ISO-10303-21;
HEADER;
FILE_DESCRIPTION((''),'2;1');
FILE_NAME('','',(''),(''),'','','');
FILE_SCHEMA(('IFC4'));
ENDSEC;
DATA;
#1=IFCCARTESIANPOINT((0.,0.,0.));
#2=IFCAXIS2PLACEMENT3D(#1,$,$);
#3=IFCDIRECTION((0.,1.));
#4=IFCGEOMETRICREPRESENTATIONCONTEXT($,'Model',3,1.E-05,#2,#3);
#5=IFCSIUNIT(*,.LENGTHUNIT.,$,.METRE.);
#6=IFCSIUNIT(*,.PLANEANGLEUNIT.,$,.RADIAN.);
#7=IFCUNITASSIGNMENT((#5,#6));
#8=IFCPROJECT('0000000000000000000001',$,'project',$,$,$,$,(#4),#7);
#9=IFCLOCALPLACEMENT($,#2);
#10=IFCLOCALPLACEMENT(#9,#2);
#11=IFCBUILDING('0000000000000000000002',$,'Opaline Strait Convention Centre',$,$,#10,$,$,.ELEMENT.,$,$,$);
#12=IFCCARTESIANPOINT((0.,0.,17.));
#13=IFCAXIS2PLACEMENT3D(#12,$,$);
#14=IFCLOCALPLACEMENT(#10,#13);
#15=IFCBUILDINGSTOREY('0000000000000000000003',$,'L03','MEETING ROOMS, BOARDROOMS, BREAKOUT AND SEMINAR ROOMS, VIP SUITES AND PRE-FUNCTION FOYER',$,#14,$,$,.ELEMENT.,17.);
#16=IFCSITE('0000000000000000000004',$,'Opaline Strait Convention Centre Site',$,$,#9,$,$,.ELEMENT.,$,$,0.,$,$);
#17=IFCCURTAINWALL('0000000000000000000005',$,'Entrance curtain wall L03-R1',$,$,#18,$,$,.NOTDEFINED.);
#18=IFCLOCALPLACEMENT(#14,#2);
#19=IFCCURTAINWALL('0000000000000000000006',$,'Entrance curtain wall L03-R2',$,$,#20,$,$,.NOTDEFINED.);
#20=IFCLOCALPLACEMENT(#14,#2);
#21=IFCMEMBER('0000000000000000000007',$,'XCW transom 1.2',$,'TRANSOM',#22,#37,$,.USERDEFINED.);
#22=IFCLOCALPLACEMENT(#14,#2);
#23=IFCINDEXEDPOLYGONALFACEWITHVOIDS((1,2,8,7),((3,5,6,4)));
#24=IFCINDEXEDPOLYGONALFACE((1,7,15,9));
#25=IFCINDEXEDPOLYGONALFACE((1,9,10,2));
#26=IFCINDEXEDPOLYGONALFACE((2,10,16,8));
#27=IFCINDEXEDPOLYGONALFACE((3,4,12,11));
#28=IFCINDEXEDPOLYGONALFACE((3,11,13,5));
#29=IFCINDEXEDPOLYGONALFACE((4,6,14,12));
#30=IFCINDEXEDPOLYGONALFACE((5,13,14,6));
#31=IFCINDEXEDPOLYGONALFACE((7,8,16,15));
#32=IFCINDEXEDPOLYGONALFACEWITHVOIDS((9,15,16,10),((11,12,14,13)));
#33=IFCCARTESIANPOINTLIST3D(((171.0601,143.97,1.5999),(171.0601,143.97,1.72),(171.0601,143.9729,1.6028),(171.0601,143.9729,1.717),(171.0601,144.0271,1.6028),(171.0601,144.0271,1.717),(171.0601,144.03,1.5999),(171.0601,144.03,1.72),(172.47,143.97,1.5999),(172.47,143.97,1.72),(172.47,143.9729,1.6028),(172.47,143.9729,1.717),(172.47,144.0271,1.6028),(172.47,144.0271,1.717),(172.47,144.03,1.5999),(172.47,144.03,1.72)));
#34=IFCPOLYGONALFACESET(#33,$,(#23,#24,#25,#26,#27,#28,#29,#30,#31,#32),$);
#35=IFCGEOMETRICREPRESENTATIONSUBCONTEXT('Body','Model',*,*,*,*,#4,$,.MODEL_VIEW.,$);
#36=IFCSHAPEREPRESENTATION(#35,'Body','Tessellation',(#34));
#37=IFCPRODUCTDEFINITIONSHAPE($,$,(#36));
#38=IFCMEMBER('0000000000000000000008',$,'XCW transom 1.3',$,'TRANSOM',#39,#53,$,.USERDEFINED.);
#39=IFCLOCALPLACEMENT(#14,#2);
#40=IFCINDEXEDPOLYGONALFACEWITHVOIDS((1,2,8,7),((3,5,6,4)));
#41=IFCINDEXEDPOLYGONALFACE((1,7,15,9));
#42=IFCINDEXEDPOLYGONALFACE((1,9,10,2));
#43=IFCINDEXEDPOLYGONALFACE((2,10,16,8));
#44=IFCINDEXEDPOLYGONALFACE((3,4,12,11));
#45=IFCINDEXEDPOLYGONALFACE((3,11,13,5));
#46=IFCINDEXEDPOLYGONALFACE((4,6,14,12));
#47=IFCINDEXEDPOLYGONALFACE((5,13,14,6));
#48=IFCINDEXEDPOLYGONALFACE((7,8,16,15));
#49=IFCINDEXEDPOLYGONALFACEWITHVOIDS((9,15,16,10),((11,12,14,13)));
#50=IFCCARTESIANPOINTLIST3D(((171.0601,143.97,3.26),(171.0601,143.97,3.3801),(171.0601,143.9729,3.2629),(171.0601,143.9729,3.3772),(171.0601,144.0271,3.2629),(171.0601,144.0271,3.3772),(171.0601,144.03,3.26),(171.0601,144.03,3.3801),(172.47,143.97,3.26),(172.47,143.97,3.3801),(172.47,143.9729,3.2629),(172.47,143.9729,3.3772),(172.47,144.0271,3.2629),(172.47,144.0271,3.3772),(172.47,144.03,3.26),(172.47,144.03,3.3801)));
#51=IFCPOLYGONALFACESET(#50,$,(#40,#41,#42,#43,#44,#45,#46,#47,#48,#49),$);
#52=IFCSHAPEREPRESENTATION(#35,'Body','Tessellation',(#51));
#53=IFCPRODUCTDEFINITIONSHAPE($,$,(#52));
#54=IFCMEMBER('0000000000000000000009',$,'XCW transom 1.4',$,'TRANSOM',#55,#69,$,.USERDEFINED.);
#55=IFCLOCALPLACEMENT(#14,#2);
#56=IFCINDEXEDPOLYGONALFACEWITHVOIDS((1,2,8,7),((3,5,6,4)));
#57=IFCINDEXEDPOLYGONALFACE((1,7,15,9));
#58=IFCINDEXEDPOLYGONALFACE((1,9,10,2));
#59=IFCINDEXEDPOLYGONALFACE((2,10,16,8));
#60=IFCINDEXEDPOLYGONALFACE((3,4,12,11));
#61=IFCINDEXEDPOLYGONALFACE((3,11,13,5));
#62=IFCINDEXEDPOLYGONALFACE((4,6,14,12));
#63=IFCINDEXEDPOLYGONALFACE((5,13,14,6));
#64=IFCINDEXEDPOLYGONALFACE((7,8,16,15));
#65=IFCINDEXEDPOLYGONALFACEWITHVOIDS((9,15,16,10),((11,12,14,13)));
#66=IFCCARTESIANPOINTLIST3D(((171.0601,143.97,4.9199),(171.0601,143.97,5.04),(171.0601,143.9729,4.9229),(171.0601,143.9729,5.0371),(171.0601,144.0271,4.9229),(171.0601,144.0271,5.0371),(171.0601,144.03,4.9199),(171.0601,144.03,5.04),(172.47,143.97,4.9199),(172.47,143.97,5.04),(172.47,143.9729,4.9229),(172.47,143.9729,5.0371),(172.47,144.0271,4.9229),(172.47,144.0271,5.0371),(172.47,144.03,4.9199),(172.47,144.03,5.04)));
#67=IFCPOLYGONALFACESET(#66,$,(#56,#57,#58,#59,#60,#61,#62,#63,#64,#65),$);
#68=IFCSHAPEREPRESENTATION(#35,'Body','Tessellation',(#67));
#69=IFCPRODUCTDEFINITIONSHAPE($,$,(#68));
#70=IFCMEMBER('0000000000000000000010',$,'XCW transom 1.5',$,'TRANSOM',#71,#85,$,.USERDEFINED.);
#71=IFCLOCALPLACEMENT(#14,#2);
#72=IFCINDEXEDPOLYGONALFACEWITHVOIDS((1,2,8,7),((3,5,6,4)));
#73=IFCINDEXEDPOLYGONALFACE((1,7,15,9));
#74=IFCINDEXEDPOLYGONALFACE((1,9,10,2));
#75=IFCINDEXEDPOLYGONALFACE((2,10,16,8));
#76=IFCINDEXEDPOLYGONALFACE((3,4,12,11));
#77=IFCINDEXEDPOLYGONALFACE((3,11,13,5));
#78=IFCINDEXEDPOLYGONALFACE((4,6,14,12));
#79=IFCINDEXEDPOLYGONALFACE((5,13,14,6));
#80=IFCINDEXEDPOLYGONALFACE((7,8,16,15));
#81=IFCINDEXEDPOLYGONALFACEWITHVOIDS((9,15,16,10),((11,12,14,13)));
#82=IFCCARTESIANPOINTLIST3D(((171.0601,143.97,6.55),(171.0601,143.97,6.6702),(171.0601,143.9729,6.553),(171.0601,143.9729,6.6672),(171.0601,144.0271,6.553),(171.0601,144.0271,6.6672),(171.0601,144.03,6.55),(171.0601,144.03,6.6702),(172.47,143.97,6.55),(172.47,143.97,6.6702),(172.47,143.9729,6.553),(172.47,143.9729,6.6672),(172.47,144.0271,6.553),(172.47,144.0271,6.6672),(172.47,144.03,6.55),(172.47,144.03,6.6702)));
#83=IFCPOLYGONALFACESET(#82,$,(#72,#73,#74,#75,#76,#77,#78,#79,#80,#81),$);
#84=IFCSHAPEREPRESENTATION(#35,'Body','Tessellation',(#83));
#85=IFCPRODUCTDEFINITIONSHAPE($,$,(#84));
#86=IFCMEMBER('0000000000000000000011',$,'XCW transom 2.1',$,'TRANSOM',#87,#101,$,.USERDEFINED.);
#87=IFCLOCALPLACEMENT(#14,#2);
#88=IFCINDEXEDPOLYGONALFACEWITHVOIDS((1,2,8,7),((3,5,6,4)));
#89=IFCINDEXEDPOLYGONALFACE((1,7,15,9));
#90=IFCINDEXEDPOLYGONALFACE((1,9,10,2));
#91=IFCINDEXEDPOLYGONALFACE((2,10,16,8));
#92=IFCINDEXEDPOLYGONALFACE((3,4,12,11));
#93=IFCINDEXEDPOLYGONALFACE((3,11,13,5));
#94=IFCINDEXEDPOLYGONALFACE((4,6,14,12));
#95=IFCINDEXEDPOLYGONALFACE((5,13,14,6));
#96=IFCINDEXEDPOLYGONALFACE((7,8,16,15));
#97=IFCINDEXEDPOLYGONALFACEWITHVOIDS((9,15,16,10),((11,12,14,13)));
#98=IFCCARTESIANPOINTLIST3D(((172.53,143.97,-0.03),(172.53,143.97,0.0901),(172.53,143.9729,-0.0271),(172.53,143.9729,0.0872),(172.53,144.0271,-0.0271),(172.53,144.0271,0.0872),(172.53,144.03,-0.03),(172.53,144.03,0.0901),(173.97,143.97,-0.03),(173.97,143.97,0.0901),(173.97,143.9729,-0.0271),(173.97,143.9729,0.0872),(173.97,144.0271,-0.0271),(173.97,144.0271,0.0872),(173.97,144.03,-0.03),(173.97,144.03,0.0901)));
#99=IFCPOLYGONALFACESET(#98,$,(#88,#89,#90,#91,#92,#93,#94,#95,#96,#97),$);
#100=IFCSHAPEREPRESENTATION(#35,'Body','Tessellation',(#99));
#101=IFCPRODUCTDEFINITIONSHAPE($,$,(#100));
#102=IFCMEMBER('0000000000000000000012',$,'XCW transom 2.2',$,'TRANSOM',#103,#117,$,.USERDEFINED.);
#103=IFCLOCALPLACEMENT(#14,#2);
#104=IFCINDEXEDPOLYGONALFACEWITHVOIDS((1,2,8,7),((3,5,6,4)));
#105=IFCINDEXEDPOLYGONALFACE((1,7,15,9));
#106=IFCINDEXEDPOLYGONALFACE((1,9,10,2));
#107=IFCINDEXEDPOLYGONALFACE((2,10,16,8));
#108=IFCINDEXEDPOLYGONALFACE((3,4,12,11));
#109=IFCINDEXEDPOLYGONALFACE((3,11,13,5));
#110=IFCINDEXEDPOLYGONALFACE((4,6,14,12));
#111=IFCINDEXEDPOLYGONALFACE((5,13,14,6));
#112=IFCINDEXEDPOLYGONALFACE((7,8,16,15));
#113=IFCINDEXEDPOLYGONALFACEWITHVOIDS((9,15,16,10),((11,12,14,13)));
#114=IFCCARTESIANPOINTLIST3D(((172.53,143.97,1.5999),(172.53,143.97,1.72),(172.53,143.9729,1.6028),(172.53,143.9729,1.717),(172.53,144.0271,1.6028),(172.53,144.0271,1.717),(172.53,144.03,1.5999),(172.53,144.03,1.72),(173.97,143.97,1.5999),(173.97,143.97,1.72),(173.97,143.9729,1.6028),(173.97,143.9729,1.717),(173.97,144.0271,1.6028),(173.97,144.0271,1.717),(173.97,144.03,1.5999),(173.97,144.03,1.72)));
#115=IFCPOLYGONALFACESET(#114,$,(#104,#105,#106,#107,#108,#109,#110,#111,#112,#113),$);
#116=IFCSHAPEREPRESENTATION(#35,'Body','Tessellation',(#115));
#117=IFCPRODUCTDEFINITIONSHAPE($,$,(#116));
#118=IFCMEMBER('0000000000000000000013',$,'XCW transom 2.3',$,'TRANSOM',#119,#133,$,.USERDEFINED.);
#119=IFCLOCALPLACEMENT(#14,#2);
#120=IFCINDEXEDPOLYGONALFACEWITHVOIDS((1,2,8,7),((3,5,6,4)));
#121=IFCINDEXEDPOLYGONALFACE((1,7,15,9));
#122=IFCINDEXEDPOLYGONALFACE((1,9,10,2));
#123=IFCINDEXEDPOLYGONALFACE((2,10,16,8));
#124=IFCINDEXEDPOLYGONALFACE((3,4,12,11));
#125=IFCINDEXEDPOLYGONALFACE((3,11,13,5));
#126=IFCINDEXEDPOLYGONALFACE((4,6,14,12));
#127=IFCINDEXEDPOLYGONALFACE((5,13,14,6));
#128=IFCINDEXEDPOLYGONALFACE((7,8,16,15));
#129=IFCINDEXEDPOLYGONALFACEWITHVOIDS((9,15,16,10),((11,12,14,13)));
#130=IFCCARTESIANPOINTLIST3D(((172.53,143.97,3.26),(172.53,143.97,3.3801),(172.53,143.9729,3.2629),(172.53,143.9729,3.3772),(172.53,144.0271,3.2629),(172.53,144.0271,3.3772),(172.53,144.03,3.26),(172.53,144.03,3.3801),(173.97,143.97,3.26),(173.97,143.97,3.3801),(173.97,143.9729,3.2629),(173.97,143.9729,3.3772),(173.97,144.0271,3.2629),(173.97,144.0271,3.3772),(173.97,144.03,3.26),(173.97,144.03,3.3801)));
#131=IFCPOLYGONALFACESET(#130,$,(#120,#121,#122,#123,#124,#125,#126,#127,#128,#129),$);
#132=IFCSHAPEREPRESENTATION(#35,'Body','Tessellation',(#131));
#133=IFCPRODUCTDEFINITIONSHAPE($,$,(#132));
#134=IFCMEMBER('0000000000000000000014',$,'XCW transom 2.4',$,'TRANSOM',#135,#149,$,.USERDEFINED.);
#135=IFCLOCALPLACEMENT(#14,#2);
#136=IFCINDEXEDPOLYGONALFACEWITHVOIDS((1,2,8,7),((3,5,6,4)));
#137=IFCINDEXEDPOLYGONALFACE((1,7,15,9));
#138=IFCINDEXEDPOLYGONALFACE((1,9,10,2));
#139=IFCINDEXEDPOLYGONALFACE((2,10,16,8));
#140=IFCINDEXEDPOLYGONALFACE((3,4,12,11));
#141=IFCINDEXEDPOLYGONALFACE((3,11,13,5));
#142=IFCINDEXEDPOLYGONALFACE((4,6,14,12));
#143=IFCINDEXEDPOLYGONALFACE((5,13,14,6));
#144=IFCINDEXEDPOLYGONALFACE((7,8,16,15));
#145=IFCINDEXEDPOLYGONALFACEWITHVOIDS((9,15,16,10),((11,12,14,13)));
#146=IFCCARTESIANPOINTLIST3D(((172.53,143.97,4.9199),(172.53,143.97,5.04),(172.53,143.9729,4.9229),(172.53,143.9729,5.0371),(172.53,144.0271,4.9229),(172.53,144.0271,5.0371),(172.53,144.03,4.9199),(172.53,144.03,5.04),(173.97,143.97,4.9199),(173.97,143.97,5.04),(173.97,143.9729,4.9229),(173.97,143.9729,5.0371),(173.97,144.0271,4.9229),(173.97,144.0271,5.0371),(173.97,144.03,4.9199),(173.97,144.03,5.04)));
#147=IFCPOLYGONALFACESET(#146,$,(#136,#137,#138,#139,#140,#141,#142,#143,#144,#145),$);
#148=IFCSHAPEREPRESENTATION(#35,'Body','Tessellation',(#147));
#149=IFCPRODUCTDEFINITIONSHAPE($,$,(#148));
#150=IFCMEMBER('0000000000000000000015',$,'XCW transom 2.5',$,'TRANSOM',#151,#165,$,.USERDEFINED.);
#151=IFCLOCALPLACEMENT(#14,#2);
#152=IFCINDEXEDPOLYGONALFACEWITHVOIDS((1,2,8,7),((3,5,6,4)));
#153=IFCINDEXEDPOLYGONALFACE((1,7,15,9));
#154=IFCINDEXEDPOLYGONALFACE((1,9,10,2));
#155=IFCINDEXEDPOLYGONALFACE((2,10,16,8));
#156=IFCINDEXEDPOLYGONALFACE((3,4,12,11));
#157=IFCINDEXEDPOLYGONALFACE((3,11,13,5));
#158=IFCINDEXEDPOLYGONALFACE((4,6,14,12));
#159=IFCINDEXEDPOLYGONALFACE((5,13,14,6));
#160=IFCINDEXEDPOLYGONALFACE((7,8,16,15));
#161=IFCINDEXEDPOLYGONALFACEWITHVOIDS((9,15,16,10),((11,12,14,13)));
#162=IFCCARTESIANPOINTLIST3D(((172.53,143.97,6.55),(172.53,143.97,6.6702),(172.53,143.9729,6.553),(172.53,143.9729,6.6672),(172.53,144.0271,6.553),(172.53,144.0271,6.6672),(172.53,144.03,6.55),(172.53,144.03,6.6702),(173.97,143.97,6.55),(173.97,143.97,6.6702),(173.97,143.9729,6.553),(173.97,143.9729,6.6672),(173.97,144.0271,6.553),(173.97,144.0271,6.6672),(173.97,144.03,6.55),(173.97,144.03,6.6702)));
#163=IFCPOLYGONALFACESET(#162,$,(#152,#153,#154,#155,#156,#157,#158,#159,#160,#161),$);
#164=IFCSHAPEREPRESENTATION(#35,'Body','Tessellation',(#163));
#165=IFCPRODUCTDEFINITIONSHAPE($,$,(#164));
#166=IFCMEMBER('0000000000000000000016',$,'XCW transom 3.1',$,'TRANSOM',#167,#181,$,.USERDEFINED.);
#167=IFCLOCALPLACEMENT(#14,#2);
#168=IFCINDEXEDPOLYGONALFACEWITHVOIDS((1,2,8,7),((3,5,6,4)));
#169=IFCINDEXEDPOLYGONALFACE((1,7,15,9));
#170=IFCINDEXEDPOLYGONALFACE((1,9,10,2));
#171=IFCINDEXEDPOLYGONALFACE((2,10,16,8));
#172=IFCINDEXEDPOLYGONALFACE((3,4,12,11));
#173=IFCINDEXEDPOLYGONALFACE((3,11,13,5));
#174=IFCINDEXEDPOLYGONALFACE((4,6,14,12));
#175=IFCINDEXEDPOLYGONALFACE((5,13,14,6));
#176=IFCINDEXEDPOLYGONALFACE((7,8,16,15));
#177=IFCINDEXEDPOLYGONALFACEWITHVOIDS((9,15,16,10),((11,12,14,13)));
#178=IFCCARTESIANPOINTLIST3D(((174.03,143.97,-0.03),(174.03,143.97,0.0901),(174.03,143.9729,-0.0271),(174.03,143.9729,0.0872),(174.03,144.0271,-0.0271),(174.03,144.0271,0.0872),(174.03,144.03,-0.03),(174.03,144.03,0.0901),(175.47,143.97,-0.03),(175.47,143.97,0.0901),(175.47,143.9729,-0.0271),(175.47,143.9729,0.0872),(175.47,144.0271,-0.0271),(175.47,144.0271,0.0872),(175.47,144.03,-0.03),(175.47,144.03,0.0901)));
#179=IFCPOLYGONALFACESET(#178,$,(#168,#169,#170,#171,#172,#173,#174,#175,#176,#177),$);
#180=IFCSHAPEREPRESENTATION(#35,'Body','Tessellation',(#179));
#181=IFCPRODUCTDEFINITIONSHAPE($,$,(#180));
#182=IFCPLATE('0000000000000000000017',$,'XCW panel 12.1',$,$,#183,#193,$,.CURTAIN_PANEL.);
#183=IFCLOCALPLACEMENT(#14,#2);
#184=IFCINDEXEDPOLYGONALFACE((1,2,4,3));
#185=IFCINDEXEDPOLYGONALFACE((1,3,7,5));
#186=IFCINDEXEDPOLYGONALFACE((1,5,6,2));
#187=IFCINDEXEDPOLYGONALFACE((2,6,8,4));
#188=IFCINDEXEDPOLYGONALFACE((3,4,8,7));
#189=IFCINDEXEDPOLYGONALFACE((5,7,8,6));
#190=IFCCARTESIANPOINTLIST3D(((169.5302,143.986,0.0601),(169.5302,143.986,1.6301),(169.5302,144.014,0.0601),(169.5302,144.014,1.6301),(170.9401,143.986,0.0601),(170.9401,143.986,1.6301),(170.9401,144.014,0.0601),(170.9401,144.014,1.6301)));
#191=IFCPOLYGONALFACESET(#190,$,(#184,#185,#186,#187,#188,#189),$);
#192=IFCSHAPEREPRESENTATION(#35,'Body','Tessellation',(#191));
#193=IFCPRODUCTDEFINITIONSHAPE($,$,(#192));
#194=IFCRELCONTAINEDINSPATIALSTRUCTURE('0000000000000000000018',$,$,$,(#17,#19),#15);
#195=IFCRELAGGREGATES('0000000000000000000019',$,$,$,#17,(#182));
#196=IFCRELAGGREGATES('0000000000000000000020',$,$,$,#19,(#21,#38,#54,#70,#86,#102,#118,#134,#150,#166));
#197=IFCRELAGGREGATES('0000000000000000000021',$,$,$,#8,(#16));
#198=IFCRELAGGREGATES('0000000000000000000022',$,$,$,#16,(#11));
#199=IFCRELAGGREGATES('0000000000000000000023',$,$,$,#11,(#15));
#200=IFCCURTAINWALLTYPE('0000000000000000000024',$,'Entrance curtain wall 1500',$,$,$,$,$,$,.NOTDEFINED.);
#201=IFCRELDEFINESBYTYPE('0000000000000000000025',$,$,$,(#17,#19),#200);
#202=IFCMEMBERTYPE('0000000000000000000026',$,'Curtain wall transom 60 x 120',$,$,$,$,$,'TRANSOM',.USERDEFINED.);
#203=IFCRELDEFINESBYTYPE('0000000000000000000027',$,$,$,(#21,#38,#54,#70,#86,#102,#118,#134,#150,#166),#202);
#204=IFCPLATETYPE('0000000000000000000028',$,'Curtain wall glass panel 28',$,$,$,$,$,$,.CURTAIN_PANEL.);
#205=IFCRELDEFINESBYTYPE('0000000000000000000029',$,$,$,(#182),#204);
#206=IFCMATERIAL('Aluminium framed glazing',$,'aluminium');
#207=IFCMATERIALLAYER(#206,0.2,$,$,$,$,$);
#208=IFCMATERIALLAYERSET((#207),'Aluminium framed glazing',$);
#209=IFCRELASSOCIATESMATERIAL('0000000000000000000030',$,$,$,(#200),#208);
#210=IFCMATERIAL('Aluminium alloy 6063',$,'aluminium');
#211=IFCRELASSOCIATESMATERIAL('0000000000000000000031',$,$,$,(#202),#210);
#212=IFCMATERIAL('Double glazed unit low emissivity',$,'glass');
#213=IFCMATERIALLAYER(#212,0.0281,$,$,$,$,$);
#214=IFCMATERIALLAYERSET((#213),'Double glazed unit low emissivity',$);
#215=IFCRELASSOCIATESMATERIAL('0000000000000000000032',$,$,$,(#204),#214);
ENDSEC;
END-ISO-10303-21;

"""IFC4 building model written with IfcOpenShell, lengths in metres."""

from ifc_helpers import new_model, si_unit, direction, frame, origin, origin_2d, place, context, subcontext, project, spatial, rectangle, hollow_rectangle, extrude, material, layer, layer_set, material_profile, profile_set, type_object, element, aggregate, save


model = new_model("IFC4")

# Units and contexts
model_context = context("Model", 3, precision=1e-05, world=origin(), true_north=direction((0.0, 1.0)))
body_context = subcontext(model_context, "Body", "Model", "MODEL_VIEW")
ifc_project = project(units=[si_unit("LENGTHUNIT", "METRE"), si_unit("PLANEANGLEUNIT", "RADIAN")], contexts=[model_context])

# Site, building, storey
site_placement = place(None, origin())
site = spatial("IfcSite", under=ifc_project, at=site_placement, Name="Opaline Strait Convention Centre Site", CompositionType="ELEMENT", RefElevation=0.0)
building_placement = place(site_placement, origin())
building = spatial("IfcBuilding", under=site, at=building_placement, Name="Opaline Strait Convention Centre", CompositionType="ELEMENT")
storey_placement = place(building_placement, frame((0.0, 0.0, 17.0)))
storey = spatial("IfcBuildingStorey", under=building, at=storey_placement, Name="L03", Description="MEETING ROOMS, BOARDROOMS, BREAKOUT AND SEMINAR ROOMS, VIP SUITES AND PRE-FUNCTION FOYER", CompositionType="ELEMENT", Elevation=17.0)

# Curtain wall
ifc_material_1 = material(Name="Aluminium framed glazing", Category="aluminium")
ifc_layer_1 = layer(ifc_material_1, 0.2)
ifc_layer_set_1 = layer_set([ifc_layer_1], Name="Aluminium framed glazing")
curtain_wall_type = type_object("IfcCurtainWallType", Name="Entrance curtain wall 1500", PredefinedType="NOTDEFINED", material=ifc_layer_set_1)
curtain_wall_1_placement = place(storey_placement, origin())
curtain_wall_1 = element("IfcCurtainWall", 1, at=curtain_wall_1_placement, inside=storey, type_object=curtain_wall_type, Name="Entrance curtain wall L03-R1", PredefinedType="NOTDEFINED")
ifc_material_2 = material(Name="Aluminium alloy 6063", Category="aluminium")

# Curtain wall
curtain_wall_2_placement = place(storey_placement, origin())
curtain_wall_2 = element("IfcCurtainWall", 2, at=curtain_wall_2_placement, inside=storey, type_object=curtain_wall_type, Name="Entrance curtain wall L03-R2", PredefinedType="NOTDEFINED")

# Members
ifc_material_profile_1 = material_profile(ifc_material_2, hollow_rectangle(XDim=0.0601, YDim=0.1201, WallThickness=0.0029, at=origin_2d()), Name="TRANSOM 60x120x3")
ifc_profile_set_1 = profile_set([ifc_material_profile_1], Name="Aluminium alloy 6063")
member_type_1 = type_object("IfcMemberType", Name="Curtain wall transom 60 x 120", ElementType="TRANSOM", PredefinedType="USERDEFINED", material=ifc_profile_set_1)
member_1_placement = place(storey_placement, frame((171.0601, 144.0, 1.6599), z_axis=(1.0, 0.0, 0.0), x_axis=(0.0, 1.0, 0.0)))
member_1 = element("IfcMember", 3, at=member_1_placement, type_object=member_type_1, Name="XCW transom 1.2", ObjectType="TRANSOM", PredefinedType="USERDEFINED", context=body_context, shape_type="SweptSolid", body=[
    extrude(hollow_rectangle(XDim=0.0601, YDim=0.1201, WallThickness=0.0029, at=origin_2d()), origin(), (0.0, 0.0, 1.0), 1.4099),
])
member_2_placement = place(storey_placement, frame((171.0601, 144.0, 3.3201), z_axis=(1.0, 0.0, 0.0), x_axis=(0.0, 1.0, 0.0)))
member_2 = element("IfcMember", 4, at=member_2_placement, type_object=member_type_1, Name="XCW transom 1.3", ObjectType="TRANSOM", PredefinedType="USERDEFINED", context=body_context, shape_type="SweptSolid", body=[
    extrude(hollow_rectangle(XDim=0.0601, YDim=0.1201, WallThickness=0.0029, at=origin_2d()), origin(), (0.0, 0.0, 1.0), 1.4099),
])
member_3_placement = place(storey_placement, frame((171.0601, 144.0, 4.98), z_axis=(1.0, 0.0, 0.0), x_axis=(0.0, 1.0, 0.0)))
member_3 = element("IfcMember", 5, at=member_3_placement, type_object=member_type_1, Name="XCW transom 1.4", ObjectType="TRANSOM", PredefinedType="USERDEFINED", context=body_context, shape_type="SweptSolid", body=[
    extrude(hollow_rectangle(XDim=0.0601, YDim=0.1201, WallThickness=0.0029, at=origin_2d()), origin(), (0.0, 0.0, 1.0), 1.4099),
])
member_4_placement = place(storey_placement, frame((171.0601, 144.0, 6.6101), z_axis=(1.0, 0.0, 0.0), x_axis=(0.0, 1.0, 0.0)))
member_4 = element("IfcMember", 6, at=member_4_placement, type_object=member_type_1, Name="XCW transom 1.5", ObjectType="TRANSOM", PredefinedType="USERDEFINED", context=body_context, shape_type="SweptSolid", body=[
    extrude(hollow_rectangle(XDim=0.0601, YDim=0.1201, WallThickness=0.0029, at=origin_2d()), origin(), (0.0, 0.0, 1.0), 1.4099),
])
member_5_placement = place(storey_placement, frame((172.53, 144.0, 0.03), z_axis=(1.0, 0.0, 0.0), x_axis=(0.0, 1.0, 0.0)))
member_5 = element("IfcMember", 7, at=member_5_placement, type_object=member_type_1, Name="XCW transom 2.1", ObjectType="TRANSOM", PredefinedType="USERDEFINED", context=body_context, shape_type="SweptSolid", body=[
    extrude(hollow_rectangle(XDim=0.0601, YDim=0.1201, WallThickness=0.0029, at=origin_2d()), origin(), (0.0, 0.0, 1.0), 1.4399),
])
member_6_placement = place(storey_placement, frame((172.53, 144.0, 1.6599), z_axis=(1.0, 0.0, 0.0), x_axis=(0.0, 1.0, 0.0)))
member_6 = element("IfcMember", 8, at=member_6_placement, type_object=member_type_1, Name="XCW transom 2.2", ObjectType="TRANSOM", PredefinedType="USERDEFINED", context=body_context, shape_type="SweptSolid", body=[
    extrude(hollow_rectangle(XDim=0.0601, YDim=0.1201, WallThickness=0.0029, at=origin_2d()), origin(), (0.0, 0.0, 1.0), 1.4399),
])
member_7_placement = place(storey_placement, frame((172.53, 144.0, 3.3201), z_axis=(1.0, 0.0, 0.0), x_axis=(0.0, 1.0, 0.0)))
member_7 = element("IfcMember", 9, at=member_7_placement, type_object=member_type_1, Name="XCW transom 2.3", ObjectType="TRANSOM", PredefinedType="USERDEFINED", context=body_context, shape_type="SweptSolid", body=[
    extrude(hollow_rectangle(XDim=0.0601, YDim=0.1201, WallThickness=0.0029, at=origin_2d()), origin(), (0.0, 0.0, 1.0), 1.4399),
])
member_8_placement = place(storey_placement, frame((172.53, 144.0, 4.98), z_axis=(1.0, 0.0, 0.0), x_axis=(0.0, 1.0, 0.0)))
member_8 = element("IfcMember", 10, at=member_8_placement, type_object=member_type_1, Name="XCW transom 2.4", ObjectType="TRANSOM", PredefinedType="USERDEFINED", context=body_context, shape_type="SweptSolid", body=[
    extrude(hollow_rectangle(XDim=0.0601, YDim=0.1201, WallThickness=0.0029, at=origin_2d()), origin(), (0.0, 0.0, 1.0), 1.4399),
])
member_9_placement = place(storey_placement, frame((172.53, 144.0, 6.6101), z_axis=(1.0, 0.0, 0.0), x_axis=(0.0, 1.0, 0.0)))
member_9 = element("IfcMember", 11, at=member_9_placement, type_object=member_type_1, Name="XCW transom 2.5", ObjectType="TRANSOM", PredefinedType="USERDEFINED", context=body_context, shape_type="SweptSolid", body=[
    extrude(hollow_rectangle(XDim=0.0601, YDim=0.1201, WallThickness=0.0029, at=origin_2d()), origin(), (0.0, 0.0, 1.0), 1.4399),
])
member_10_placement = place(storey_placement, frame((174.03, 144.0, 0.03), z_axis=(1.0, 0.0, 0.0), x_axis=(0.0, 1.0, 0.0)))
member_10 = element("IfcMember", 12, at=member_10_placement, type_object=member_type_1, Name="XCW transom 3.1", ObjectType="TRANSOM", PredefinedType="USERDEFINED", context=body_context, shape_type="SweptSolid", body=[
    extrude(hollow_rectangle(XDim=0.0601, YDim=0.1201, WallThickness=0.0029, at=origin_2d()), origin(), (0.0, 0.0, 1.0), 1.4399),
])

# Plate
ifc_material_3 = material(Name="Double glazed unit low emissivity", Category="glass")
ifc_layer_2 = layer(ifc_material_3, 0.0281)
ifc_layer_set_2 = layer_set([ifc_layer_2], Name="Double glazed unit low emissivity")
plate_type = type_object("IfcPlateType", Name="Curtain wall glass panel 28", PredefinedType="CURTAIN_PANEL", material=ifc_layer_set_2)
plate_1_placement = place(storey_placement, frame((170.2351, 144.0, 0.0601), z_axis=(0.0, 0.0, 1.0), x_axis=(1.0, 0.0, 0.0)))
plate_1 = element("IfcPlate", 13, at=plate_1_placement, type_object=plate_type, Name="XCW panel 12.1", PredefinedType="CURTAIN_PANEL", context=body_context, shape_type="SweptSolid", body=[
    extrude(rectangle(XDim=1.4099, YDim=0.0281, at=origin_2d()), origin(), (0.0, 0.0, 1.0), 1.5701),
])
aggregate(curtain_wall_1, [plate_1])
aggregate(curtain_wall_2, [member_1, member_2, member_3, member_4, member_5, member_6, member_7, member_8, member_9, member_10])

save(model, "model.ifc")
